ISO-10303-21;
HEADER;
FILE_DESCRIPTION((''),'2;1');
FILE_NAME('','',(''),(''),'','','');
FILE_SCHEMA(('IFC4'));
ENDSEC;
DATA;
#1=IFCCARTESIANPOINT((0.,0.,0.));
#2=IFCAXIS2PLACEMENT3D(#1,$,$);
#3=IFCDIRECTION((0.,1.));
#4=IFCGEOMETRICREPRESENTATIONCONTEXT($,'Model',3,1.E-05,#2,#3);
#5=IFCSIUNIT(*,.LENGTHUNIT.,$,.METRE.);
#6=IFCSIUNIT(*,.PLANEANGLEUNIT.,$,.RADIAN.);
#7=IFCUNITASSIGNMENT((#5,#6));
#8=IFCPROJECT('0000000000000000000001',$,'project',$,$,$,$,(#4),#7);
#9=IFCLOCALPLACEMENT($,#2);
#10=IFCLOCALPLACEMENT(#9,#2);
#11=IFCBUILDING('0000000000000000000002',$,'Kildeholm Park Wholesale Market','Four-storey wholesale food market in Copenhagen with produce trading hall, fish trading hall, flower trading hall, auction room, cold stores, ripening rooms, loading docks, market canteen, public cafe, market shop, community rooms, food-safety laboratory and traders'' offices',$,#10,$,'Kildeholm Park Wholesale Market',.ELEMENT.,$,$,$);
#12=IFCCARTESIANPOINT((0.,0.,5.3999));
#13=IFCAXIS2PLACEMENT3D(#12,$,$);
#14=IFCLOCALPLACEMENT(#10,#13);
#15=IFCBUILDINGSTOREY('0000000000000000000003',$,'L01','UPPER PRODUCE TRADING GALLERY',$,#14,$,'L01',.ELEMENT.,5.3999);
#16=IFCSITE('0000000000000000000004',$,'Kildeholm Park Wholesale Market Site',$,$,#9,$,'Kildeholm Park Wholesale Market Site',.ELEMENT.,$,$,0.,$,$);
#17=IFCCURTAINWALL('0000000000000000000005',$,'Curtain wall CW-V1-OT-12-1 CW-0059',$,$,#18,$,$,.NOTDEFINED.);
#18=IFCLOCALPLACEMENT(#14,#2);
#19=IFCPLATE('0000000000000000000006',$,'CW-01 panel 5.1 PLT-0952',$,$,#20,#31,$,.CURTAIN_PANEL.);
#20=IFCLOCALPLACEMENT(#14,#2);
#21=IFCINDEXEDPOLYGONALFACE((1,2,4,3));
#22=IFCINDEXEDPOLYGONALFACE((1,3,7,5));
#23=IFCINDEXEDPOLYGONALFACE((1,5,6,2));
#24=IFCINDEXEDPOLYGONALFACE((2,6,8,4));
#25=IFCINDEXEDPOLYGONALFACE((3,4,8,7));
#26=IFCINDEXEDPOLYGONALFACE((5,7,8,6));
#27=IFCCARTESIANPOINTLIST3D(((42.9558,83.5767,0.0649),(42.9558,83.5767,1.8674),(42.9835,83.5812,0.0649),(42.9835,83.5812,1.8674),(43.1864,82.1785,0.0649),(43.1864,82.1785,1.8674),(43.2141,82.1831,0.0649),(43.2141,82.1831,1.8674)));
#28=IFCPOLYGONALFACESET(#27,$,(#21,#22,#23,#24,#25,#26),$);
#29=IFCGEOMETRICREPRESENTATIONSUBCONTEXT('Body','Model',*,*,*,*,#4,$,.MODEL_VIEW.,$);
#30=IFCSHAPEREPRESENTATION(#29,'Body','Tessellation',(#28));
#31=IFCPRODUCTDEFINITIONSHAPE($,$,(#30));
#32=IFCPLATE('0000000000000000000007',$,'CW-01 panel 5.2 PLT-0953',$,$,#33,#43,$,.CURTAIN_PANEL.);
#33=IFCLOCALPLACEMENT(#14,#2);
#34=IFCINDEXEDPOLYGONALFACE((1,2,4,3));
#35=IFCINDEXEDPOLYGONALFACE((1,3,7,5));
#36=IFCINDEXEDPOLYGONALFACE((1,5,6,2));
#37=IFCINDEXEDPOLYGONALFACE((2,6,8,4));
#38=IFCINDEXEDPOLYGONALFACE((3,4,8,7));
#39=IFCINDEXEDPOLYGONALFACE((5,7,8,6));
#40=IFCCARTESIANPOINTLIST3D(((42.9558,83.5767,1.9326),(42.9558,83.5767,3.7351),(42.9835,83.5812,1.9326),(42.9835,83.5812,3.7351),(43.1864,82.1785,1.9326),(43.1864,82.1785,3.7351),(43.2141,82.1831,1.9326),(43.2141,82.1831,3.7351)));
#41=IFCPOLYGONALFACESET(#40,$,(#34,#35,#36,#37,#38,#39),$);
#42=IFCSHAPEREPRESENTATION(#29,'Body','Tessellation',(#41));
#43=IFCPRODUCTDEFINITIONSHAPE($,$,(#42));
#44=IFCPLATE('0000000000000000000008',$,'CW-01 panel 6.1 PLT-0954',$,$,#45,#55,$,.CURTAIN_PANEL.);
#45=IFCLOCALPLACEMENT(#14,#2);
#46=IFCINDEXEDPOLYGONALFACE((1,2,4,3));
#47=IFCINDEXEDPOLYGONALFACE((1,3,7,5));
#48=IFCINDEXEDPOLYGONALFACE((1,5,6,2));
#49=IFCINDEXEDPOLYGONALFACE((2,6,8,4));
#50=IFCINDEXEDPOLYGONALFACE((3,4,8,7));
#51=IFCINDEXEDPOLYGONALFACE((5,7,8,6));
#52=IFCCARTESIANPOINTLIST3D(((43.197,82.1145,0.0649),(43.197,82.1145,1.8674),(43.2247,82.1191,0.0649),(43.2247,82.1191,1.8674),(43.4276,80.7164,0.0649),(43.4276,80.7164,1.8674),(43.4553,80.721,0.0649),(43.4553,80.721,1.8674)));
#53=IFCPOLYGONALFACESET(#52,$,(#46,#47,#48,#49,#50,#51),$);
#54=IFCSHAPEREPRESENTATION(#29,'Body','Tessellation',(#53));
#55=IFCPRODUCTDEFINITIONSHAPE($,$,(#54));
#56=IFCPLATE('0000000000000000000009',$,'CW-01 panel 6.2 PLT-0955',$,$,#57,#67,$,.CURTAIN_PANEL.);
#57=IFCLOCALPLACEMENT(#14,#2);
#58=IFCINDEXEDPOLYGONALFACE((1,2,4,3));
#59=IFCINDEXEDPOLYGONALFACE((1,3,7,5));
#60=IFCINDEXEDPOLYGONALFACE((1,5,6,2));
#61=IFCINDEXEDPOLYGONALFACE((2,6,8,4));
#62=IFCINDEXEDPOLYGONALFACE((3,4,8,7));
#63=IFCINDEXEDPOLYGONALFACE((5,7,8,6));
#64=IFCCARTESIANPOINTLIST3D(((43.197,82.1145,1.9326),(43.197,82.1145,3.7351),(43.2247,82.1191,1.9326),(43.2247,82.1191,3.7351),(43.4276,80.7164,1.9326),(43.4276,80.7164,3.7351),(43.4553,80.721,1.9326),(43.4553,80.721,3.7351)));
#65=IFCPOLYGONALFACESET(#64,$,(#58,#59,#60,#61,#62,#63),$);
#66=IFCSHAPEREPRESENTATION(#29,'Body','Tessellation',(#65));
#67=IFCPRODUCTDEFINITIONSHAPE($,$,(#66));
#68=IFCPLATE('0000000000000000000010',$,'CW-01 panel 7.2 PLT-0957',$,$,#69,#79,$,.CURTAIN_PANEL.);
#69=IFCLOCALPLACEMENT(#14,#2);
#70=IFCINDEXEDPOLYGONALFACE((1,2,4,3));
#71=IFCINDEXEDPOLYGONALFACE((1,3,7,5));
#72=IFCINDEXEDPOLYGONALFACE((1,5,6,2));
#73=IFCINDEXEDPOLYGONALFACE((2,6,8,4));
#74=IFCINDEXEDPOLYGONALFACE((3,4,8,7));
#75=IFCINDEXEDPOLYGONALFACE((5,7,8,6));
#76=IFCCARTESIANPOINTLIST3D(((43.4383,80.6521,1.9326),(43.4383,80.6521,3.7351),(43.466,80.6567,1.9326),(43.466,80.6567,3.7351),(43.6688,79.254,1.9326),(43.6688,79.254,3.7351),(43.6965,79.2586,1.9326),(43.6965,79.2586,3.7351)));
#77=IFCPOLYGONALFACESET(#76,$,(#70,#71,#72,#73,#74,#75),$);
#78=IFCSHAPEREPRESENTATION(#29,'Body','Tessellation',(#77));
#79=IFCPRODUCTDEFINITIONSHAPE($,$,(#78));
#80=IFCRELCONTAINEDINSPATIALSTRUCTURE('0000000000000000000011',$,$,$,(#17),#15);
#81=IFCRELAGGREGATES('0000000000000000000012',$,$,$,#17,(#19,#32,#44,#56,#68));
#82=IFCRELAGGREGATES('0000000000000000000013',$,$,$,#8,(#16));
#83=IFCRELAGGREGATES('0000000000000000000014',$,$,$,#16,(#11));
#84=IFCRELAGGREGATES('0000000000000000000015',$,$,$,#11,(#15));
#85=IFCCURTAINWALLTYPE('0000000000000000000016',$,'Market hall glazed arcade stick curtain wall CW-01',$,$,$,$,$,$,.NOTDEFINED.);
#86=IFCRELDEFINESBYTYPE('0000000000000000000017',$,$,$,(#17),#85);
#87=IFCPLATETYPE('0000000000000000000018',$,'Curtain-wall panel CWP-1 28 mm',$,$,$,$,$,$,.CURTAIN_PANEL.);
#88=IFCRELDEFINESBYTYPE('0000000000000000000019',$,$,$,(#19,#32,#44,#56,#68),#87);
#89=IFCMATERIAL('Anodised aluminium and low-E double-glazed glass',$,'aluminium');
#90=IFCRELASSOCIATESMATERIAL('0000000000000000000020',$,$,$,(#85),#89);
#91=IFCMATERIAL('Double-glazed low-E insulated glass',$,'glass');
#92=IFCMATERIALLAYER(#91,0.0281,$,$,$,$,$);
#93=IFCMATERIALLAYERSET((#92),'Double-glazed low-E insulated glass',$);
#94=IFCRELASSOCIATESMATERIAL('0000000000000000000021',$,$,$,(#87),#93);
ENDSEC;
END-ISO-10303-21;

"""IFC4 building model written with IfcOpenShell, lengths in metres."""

from ifc_helpers import new_model, si_unit, direction, frame, origin, origin_2d, place, context, subcontext, project, spatial, rectangle, extrude, material, layer, layer_set, type_object, element, aggregate, save


model = new_model("IFC4")

# Units and contexts
model_context = context("Model", 3, precision=1e-05, world=origin(), true_north=direction((0.0, 1.0)))
body_context = subcontext(model_context, "Body", "Model", "MODEL_VIEW")
ifc_project = project(units=[si_unit("LENGTHUNIT", "METRE"), si_unit("PLANEANGLEUNIT", "RADIAN")], contexts=[model_context])

# Site, building, storey
site_placement = place(None, origin())
site = spatial("IfcSite", under=ifc_project, at=site_placement, Name="Kildeholm Park Wholesale Market Site", LongName="Kildeholm Park Wholesale Market Site", CompositionType="ELEMENT", RefElevation=0.0)
building_placement = place(site_placement, origin())
building = spatial("IfcBuilding", under=site, at=building_placement, Name="Kildeholm Park Wholesale Market", Description="Four-storey wholesale food market in Copenhagen with produce trading hall, fish trading hall, flower trading hall, auction room, cold stores, ripening rooms, loading docks, market canteen, public cafe, market shop, community rooms, food-safety laboratory and traders' offices", LongName="Kildeholm Park Wholesale Market", CompositionType="ELEMENT")
storey_placement = place(building_placement, frame((0.0, 0.0, 5.3999)))
storey = spatial("IfcBuildingStorey", under=building, at=storey_placement, Name="L01", Description="UPPER PRODUCE TRADING GALLERY", LongName="L01", CompositionType="ELEMENT", Elevation=5.3999)

# Curtain wall, plates
ifc_material_1 = material(Name="Anodised aluminium and low-E double-glazed glass", Category="aluminium")
curtain_wall_type = type_object("IfcCurtainWallType", Name="Market hall glazed arcade stick curtain wall CW-01", PredefinedType="NOTDEFINED", material=ifc_material_1)
curtain_wall_placement = place(storey_placement, origin())
curtain_wall = element("IfcCurtainWall", 1, at=curtain_wall_placement, inside=storey, type_object=curtain_wall_type, Name="Curtain wall CW-V1-OT-12-1 CW-0059", PredefinedType="NOTDEFINED")
ifc_material_2 = material(Name="Double-glazed low-E insulated glass", Category="glass")
ifc_layer = layer(ifc_material_2, 0.0281)
ifc_layer_set = layer_set([ifc_layer], Name="Double-glazed low-E insulated glass")
plate_type = type_object("IfcPlateType", Name="Curtain-wall panel CWP-1 28 mm", PredefinedType="CURTAIN_PANEL", material=ifc_layer_set)
plate_1_placement = place(storey_placement, frame((43.085, 82.8799, 0.0649), z_axis=(0.0, 0.0, 1.0), x_axis=(0.162703, -0.986675, 0.0)))
plate_1 = element("IfcPlate", 2, at=plate_1_placement, type_object=plate_type, Name="CW-01 panel 5.1 PLT-0952", PredefinedType="CURTAIN_PANEL", context=body_context, shape_type="SweptSolid", body=[
    extrude(rectangle(XDim=1.417, YDim=0.0281, at=origin_2d()), origin(), (0.0, 0.0, 1.0), 1.8025),
])
plate_2_placement = place(storey_placement, frame((43.085, 82.8799, 1.9326), z_axis=(0.0, 0.0, 1.0), x_axis=(0.162703, -0.986675, 0.0)))
plate_2 = element("IfcPlate", 3, at=plate_2_placement, type_object=plate_type, Name="CW-01 panel 5.2 PLT-0953", PredefinedType="CURTAIN_PANEL", context=body_context, shape_type="SweptSolid", body=[
    extrude(rectangle(XDim=1.417, YDim=0.0281, at=origin_2d()), origin(), (0.0, 0.0, 1.0), 1.8025),
])
plate_3_placement = place(storey_placement, frame((43.3262, 81.4177, 0.0649), z_axis=(0.0, 0.0, 1.0), x_axis=(0.162703, -0.986675, 0.0)))
plate_3 = element("IfcPlate", 4, at=plate_3_placement, type_object=plate_type, Name="CW-01 panel 6.1 PLT-0954", PredefinedType="CURTAIN_PANEL", context=body_context, shape_type="SweptSolid", body=[
    extrude(rectangle(XDim=1.417, YDim=0.0281, at=origin_2d()), origin(), (0.0, 0.0, 1.0), 1.8025),
])
plate_4_placement = place(storey_placement, frame((43.3262, 81.4177, 1.9326), z_axis=(0.0, 0.0, 1.0), x_axis=(0.162703, -0.986675, 0.0)))
plate_4 = element("IfcPlate", 5, at=plate_4_placement, type_object=plate_type, Name="CW-01 panel 6.2 PLT-0955", PredefinedType="CURTAIN_PANEL", context=body_context, shape_type="SweptSolid", body=[
    extrude(rectangle(XDim=1.417, YDim=0.0281, at=origin_2d()), origin(), (0.0, 0.0, 1.0), 1.8025),
])
plate_5_placement = place(storey_placement, frame((43.5674, 79.9553, 1.9326), z_axis=(0.0, 0.0, 1.0), x_axis=(0.162703, -0.986675, 0.0)))
plate_5 = element("IfcPlate", 6, at=plate_5_placement, type_object=plate_type, Name="CW-01 panel 7.2 PLT-0957", PredefinedType="CURTAIN_PANEL", context=body_context, shape_type="SweptSolid", body=[
    extrude(rectangle(XDim=1.417, YDim=0.0281, at=origin_2d()), origin(), (0.0, 0.0, 1.0), 1.8025),
])
aggregate(curtain_wall, [plate_1, plate_2, plate_3, plate_4, plate_5])

save(model, "model.ifc")
